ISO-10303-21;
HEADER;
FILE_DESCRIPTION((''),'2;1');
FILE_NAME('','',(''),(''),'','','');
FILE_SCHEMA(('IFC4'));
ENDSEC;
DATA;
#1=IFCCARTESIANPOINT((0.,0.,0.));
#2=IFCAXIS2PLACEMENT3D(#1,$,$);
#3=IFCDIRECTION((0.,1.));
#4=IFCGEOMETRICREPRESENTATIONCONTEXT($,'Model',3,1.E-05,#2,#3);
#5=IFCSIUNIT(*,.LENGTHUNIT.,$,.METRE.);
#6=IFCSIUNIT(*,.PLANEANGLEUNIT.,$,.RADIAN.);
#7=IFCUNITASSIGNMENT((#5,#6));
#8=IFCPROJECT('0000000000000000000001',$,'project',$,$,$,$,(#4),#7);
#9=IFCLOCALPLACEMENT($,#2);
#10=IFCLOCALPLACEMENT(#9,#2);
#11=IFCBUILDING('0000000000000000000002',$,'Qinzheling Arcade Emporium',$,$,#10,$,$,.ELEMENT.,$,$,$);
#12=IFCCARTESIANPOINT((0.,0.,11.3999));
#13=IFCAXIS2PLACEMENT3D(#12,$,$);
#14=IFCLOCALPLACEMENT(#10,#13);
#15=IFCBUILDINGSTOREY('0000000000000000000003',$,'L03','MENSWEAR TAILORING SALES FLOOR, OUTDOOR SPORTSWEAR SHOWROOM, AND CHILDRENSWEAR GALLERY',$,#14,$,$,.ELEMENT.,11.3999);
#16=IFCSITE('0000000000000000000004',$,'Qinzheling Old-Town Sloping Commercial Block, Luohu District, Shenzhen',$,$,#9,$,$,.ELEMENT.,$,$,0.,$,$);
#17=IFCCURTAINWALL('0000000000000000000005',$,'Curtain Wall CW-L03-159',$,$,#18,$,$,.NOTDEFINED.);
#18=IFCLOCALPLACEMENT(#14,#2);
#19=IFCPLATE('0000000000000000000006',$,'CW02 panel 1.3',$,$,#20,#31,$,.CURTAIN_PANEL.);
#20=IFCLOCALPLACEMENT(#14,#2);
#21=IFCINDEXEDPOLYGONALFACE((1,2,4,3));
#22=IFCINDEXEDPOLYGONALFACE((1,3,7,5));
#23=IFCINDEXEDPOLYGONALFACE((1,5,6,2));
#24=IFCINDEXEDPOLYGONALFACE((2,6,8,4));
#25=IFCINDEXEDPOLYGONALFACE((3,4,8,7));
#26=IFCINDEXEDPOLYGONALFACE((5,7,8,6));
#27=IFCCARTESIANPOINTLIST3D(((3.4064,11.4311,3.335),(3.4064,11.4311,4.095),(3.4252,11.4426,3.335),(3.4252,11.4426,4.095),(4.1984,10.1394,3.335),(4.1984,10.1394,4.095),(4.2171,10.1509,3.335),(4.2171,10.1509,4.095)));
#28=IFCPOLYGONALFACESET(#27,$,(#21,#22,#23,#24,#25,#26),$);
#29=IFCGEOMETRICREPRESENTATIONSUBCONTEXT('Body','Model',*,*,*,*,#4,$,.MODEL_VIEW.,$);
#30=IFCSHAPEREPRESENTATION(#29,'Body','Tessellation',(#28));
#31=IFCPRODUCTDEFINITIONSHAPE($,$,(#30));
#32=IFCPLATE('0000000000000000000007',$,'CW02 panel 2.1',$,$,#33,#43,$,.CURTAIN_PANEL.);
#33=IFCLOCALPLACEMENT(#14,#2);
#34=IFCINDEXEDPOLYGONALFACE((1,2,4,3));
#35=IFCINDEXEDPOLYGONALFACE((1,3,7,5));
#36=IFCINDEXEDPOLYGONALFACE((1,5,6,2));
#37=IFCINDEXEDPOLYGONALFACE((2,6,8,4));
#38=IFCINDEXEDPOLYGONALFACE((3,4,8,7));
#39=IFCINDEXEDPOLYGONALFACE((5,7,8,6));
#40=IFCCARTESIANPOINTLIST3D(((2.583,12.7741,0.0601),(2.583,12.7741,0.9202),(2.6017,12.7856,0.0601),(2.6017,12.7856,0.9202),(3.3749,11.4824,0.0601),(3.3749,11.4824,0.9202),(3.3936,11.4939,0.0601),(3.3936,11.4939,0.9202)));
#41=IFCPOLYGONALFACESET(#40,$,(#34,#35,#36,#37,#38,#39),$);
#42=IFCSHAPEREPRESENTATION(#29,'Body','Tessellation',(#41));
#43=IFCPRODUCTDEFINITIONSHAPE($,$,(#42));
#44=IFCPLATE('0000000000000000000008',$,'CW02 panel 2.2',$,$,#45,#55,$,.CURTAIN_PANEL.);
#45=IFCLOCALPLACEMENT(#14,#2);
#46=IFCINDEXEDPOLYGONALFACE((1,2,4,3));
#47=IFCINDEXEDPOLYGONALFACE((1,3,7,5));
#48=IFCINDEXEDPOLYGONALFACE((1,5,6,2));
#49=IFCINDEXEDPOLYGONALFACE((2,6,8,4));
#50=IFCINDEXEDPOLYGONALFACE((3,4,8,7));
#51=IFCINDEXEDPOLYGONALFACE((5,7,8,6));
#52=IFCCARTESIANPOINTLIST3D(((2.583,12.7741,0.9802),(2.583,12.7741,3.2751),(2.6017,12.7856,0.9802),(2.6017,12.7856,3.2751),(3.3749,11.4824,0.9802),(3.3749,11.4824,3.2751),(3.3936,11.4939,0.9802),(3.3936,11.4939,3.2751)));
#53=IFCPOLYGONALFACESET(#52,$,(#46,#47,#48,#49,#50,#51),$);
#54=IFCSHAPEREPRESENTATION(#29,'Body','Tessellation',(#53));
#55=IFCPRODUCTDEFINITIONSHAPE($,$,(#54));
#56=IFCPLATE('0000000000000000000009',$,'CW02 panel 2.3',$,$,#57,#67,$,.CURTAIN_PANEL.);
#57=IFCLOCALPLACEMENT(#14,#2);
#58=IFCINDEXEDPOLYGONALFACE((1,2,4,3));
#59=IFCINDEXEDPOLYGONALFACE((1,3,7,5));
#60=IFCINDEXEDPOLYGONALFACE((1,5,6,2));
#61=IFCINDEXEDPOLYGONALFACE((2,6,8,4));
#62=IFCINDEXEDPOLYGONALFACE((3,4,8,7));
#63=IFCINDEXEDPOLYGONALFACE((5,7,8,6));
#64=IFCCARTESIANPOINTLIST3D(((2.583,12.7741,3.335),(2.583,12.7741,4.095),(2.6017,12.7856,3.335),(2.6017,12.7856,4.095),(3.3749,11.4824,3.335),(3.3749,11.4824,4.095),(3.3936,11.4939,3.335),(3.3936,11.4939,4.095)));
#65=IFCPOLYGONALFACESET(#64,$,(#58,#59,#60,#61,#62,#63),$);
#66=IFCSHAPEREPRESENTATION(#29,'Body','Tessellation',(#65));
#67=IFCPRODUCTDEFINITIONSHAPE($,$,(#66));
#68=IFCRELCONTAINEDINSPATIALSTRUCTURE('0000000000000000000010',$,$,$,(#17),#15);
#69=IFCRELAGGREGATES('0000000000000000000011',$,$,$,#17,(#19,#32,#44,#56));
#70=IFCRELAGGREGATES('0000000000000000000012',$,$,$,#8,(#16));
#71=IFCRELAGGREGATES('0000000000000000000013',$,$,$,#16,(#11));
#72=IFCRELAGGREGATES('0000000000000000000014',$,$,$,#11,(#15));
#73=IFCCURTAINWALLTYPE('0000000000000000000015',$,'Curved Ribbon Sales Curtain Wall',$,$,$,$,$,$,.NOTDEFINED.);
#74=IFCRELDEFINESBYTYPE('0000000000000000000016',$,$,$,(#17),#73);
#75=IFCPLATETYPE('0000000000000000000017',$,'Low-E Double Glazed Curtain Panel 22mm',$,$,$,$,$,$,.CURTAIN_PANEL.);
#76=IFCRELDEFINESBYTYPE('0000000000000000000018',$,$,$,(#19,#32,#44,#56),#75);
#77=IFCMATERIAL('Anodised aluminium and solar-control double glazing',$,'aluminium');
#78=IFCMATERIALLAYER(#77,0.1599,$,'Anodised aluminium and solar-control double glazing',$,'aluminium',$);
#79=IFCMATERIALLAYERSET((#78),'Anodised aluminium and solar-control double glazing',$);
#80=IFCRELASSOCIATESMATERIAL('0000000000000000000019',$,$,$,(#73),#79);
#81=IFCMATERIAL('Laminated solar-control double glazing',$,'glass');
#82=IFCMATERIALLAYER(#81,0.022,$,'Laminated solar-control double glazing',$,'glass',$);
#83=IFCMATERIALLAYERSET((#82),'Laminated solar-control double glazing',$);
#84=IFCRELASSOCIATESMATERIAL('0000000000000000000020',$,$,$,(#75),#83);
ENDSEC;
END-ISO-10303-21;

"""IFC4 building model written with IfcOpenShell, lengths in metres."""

from ifc_helpers import new_model, si_unit, direction, frame, origin, origin_2d, place, context, subcontext, project, spatial, rectangle, extrude, material, layer, layer_set, type_object, element, aggregate, save


model = new_model("IFC4")

# Units and contexts
model_context = context("Model", 3, precision=1e-05, world=origin(), true_north=direction((0.0, 1.0)))
body_context = subcontext(model_context, "Body", "Model", "MODEL_VIEW")
ifc_project = project(units=[si_unit("LENGTHUNIT", "METRE"), si_unit("PLANEANGLEUNIT", "RADIAN")], contexts=[model_context])

# Site, building, storey
site_placement = place(None, origin())
site = spatial("IfcSite", under=ifc_project, at=site_placement, Name="Qinzheling Old-Town Sloping Commercial Block, Luohu District, Shenzhen", CompositionType="ELEMENT", RefElevation=0.0)
building_placement = place(site_placement, origin())
building = spatial("IfcBuilding", under=site, at=building_placement, Name="Qinzheling Arcade Emporium", CompositionType="ELEMENT")
storey_placement = place(building_placement, frame((0.0, 0.0, 11.3999)))
storey = spatial("IfcBuildingStorey", under=building, at=storey_placement, Name="L03", Description="MENSWEAR TAILORING SALES FLOOR, OUTDOOR SPORTSWEAR SHOWROOM, AND CHILDRENSWEAR GALLERY", CompositionType="ELEMENT", Elevation=11.3999)

# Curtain wall
ifc_material_1 = material(Name="Anodised aluminium and solar-control double glazing", Category="aluminium")
ifc_layer_1 = layer(ifc_material_1, 0.1599, Name="Anodised aluminium and solar-control double glazing", Category="aluminium")
ifc_layer_set_1 = layer_set([ifc_layer_1], Name="Anodised aluminium and solar-control double glazing")
curtain_wall_type = type_object("IfcCurtainWallType", Name="Curved Ribbon Sales Curtain Wall", PredefinedType="NOTDEFINED", material=ifc_layer_set_1)
curtain_wall_1_placement = place(storey_placement, origin())
curtain_wall_1 = element("IfcCurtainWall", 1, at=curtain_wall_1_placement, inside=storey, type_object=curtain_wall_type, Name="Curtain Wall CW-L03-159", PredefinedType="NOTDEFINED")

# Plates
ifc_material_2 = material(Name="Laminated solar-control double glazing", Category="glass")
ifc_layer_2 = layer(ifc_material_2, 0.022, Name="Laminated solar-control double glazing", Category="glass")
ifc_layer_set_2 = layer_set([ifc_layer_2], Name="Laminated solar-control double glazing")
plate_type_1 = type_object("IfcPlateType", Name="Low-E Double Glazed Curtain Panel 22mm", PredefinedType="CURTAIN_PANEL", material=ifc_layer_set_2)
plate_1_placement = place(storey_placement, frame((3.8118, 10.791, 3.335), z_axis=(0.0, 0.0, 1.0), x_axis=(-0.522672, 0.852534, 0.0)))
plate_1 = element("IfcPlate", 2, at=plate_1_placement, type_object=plate_type_1, Name="CW02 panel 1.3", PredefinedType="CURTAIN_PANEL", context=body_context, shape_type="SweptSolid", body=[
    extrude(rectangle(XDim=1.5151, YDim=0.022, at=origin_2d()), origin(), (0.0, 0.0, 1.0), 0.76),
])
plate_2_placement = place(storey_placement, frame((2.9883, 12.134, 0.0601), z_axis=(0.0, 0.0, 1.0), x_axis=(-0.522672, 0.852534, 0.0)))
plate_2 = element("IfcPlate", 3, at=plate_2_placement, type_object=plate_type_1, Name="CW02 panel 2.1", PredefinedType="CURTAIN_PANEL", context=body_context, shape_type="SweptSolid", body=[
    extrude(rectangle(XDim=1.5151, YDim=0.022, at=origin_2d()), origin(), (0.0, 0.0, 1.0), 0.8601),
])
plate_3_placement = place(storey_placement, frame((2.9883, 12.134, 0.9802), z_axis=(0.0, 0.0, 1.0), x_axis=(-0.522672, 0.852534, 0.0)))
plate_3 = element("IfcPlate", 4, at=plate_3_placement, type_object=plate_type_1, Name="CW02 panel 2.2", PredefinedType="CURTAIN_PANEL", context=body_context, shape_type="SweptSolid", body=[
    extrude(rectangle(XDim=1.5151, YDim=0.022, at=origin_2d()), origin(), (0.0, 0.0, 1.0), 2.2949),
])
plate_4_placement = place(storey_placement, frame((2.9883, 12.134, 3.335), z_axis=(0.0, 0.0, 1.0), x_axis=(-0.522672, 0.852534, 0.0)))
plate_4 = element("IfcPlate", 5, at=plate_4_placement, type_object=plate_type_1, Name="CW02 panel 2.3", PredefinedType="CURTAIN_PANEL", context=body_context, shape_type="SweptSolid", body=[
    extrude(rectangle(XDim=1.5151, YDim=0.022, at=origin_2d()), origin(), (0.0, 0.0, 1.0), 0.76),
])
aggregate(curtain_wall_1, [plate_1, plate_2, plate_3, plate_4])

save(model, "model.ifc")
